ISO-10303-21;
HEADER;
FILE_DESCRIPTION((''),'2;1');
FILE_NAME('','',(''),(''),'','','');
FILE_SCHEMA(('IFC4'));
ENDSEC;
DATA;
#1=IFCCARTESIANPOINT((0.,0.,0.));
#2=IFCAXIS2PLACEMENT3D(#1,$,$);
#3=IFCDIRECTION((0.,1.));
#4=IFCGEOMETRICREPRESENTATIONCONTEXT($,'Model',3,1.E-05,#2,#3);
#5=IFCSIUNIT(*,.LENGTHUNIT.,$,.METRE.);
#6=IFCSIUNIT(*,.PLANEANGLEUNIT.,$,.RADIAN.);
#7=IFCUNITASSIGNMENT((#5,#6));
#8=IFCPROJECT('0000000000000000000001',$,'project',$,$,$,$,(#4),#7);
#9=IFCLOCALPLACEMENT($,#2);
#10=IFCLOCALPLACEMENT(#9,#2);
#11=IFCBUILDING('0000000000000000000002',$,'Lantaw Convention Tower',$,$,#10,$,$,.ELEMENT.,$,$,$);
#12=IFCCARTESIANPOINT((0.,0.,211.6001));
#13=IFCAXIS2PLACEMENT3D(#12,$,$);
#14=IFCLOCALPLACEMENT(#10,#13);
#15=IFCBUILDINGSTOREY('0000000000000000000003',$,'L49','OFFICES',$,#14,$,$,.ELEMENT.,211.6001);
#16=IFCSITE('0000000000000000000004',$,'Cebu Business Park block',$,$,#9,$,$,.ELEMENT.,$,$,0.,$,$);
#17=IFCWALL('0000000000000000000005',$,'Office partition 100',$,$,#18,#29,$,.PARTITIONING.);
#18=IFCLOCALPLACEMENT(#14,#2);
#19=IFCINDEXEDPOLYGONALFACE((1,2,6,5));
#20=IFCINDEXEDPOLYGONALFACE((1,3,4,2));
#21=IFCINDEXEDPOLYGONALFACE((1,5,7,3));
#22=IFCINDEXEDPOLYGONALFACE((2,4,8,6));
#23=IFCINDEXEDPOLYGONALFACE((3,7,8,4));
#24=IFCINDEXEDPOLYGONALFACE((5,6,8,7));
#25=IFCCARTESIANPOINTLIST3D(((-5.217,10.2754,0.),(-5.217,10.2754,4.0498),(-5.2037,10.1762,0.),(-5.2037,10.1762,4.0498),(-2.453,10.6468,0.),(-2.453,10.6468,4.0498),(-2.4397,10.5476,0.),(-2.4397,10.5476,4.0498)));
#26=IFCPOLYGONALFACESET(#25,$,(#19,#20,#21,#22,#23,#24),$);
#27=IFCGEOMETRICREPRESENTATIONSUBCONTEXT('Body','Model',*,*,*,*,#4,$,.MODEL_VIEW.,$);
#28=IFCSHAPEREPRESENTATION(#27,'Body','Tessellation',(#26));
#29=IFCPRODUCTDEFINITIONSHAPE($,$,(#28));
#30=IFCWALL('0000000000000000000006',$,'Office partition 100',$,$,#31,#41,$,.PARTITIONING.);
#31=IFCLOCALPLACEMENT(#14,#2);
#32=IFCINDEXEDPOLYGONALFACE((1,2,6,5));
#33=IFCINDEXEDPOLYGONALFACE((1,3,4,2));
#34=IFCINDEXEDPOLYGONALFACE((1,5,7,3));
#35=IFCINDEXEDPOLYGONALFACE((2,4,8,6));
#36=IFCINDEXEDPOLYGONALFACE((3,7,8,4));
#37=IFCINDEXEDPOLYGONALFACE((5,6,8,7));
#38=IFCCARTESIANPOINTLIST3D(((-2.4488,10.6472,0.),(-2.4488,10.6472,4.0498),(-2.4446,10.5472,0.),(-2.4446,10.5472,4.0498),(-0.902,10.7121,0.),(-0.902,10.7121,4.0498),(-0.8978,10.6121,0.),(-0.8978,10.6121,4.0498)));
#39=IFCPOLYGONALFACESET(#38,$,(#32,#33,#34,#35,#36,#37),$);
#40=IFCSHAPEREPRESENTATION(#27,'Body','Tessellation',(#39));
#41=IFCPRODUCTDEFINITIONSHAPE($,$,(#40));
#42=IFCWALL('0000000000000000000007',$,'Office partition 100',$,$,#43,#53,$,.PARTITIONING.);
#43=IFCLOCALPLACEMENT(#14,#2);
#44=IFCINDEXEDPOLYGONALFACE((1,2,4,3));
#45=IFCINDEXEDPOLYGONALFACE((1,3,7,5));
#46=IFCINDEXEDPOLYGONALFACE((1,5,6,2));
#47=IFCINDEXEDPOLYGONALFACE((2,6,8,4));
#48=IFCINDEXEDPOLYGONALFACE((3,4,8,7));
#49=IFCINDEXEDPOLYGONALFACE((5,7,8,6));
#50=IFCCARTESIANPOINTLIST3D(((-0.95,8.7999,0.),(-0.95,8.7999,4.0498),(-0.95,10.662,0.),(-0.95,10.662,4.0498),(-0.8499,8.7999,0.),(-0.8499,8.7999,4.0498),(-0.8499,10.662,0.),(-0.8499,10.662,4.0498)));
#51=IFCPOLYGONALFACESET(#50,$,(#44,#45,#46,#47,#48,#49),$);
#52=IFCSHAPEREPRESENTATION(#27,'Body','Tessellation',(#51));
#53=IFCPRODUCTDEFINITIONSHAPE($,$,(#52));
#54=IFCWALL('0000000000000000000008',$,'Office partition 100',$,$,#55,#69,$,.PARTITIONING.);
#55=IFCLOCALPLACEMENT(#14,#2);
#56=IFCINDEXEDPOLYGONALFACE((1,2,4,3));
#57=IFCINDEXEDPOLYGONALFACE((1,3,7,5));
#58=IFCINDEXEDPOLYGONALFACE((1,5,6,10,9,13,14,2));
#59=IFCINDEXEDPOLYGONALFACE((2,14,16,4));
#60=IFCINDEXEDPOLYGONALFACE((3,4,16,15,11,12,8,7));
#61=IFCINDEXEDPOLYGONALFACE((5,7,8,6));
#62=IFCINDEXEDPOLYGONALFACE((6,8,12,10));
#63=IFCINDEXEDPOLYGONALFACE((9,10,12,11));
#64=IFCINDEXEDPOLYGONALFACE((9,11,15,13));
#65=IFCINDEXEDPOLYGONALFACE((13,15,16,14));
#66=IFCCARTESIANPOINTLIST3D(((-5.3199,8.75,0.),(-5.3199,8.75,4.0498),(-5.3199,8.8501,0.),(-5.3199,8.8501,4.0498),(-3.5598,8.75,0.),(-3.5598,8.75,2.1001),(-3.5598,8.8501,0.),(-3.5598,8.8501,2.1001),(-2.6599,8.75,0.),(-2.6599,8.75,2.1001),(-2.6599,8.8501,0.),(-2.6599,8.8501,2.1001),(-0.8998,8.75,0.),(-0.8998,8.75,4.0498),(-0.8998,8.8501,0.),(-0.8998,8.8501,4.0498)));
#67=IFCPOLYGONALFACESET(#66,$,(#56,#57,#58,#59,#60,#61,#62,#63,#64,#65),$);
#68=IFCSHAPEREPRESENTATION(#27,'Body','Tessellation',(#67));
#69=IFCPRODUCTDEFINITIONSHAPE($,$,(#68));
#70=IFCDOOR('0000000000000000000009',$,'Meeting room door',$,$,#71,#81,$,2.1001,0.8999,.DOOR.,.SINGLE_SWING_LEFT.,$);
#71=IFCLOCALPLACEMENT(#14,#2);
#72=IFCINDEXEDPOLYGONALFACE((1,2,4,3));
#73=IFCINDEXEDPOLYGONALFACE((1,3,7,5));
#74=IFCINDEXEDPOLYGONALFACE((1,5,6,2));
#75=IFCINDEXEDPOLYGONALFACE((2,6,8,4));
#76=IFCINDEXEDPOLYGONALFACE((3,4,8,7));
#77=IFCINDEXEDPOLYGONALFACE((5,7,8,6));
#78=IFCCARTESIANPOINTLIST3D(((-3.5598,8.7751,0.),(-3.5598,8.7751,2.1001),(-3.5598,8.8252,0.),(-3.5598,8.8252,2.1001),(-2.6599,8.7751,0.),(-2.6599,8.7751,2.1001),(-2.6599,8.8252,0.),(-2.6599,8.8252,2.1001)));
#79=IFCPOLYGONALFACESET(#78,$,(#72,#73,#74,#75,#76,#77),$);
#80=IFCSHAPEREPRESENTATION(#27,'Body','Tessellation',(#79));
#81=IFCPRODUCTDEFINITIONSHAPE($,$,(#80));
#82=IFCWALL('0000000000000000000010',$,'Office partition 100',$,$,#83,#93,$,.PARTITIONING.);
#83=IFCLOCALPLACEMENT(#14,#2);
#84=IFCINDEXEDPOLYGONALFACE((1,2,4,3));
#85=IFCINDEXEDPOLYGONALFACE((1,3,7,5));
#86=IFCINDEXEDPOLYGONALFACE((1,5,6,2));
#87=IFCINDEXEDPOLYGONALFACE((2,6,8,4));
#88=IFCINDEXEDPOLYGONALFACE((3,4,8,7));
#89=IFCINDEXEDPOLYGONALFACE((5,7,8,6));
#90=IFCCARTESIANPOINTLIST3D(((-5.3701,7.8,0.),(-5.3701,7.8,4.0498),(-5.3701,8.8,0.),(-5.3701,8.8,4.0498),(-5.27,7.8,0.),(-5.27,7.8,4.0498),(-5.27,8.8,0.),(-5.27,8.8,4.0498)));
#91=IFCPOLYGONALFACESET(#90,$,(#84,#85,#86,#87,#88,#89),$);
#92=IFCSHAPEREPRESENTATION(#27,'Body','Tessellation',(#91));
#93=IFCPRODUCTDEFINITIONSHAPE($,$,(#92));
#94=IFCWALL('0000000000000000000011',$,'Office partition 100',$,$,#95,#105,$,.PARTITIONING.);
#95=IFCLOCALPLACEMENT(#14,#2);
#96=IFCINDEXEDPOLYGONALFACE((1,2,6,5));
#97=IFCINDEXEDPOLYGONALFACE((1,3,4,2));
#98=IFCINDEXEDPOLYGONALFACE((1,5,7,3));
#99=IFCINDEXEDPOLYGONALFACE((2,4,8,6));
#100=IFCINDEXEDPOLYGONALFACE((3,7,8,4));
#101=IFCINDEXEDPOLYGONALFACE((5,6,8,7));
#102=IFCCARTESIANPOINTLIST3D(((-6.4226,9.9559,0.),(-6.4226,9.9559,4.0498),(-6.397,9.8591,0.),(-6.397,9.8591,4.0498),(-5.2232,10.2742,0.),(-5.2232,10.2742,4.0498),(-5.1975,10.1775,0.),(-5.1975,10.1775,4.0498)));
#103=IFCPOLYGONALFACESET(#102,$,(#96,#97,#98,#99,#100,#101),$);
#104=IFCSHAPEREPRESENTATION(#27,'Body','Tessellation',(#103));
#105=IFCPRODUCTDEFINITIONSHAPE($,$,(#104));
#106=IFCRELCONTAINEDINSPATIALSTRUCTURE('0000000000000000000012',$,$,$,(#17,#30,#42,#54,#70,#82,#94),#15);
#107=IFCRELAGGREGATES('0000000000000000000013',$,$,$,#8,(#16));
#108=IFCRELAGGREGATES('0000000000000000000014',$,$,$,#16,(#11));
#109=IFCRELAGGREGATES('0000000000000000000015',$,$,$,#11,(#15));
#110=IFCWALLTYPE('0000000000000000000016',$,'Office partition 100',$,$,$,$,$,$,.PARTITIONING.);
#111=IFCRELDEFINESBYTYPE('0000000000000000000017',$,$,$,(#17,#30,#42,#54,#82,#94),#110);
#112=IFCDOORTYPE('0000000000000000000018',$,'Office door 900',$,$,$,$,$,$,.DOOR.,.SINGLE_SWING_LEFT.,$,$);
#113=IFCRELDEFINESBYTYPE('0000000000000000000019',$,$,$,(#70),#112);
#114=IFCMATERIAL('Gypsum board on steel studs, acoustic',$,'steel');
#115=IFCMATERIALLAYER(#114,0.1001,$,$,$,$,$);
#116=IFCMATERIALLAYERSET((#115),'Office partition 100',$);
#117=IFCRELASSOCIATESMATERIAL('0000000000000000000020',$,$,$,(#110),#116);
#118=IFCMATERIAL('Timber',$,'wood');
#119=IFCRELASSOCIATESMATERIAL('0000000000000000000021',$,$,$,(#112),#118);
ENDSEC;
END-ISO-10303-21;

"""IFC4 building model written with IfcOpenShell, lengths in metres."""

from ifc_helpers import new_model, si_unit, direction, frame, frame_2d, origin, place, context, subcontext, project, spatial, rectangle, extrude, material, layer, layer_set, type_object, element, fill, save


model = new_model("IFC4")

# Units and contexts
model_context = context("Model", 3, precision=1e-05, world=origin(), true_north=direction((0.0, 1.0)))
body_context = subcontext(model_context, "Body", "Model", "MODEL_VIEW")
ifc_project = project(units=[si_unit("LENGTHUNIT", "METRE"), si_unit("PLANEANGLEUNIT", "RADIAN")], contexts=[model_context])

# Site, building, storey
site_placement = place(None, origin())
site = spatial("IfcSite", under=ifc_project, at=site_placement, Name="Cebu Business Park block", CompositionType="ELEMENT", RefElevation=0.0)
building_placement = place(site_placement, origin())
building = spatial("IfcBuilding", under=site, at=building_placement, Name="Lantaw Convention Tower", CompositionType="ELEMENT")
storey_placement = place(building_placement, frame((0.0, 0.0, 211.6001)))
storey = spatial("IfcBuildingStorey", under=building, at=storey_placement, Name="L49", Description="OFFICES", CompositionType="ELEMENT", Elevation=211.6001)

# Shared definitions
ifc_material_1 = material(Name="Gypsum board on steel studs, acoustic", Category="steel")
ifc_layer_1 = layer(ifc_material_1, 0.1001)
ifc_layer_set_1 = layer_set([ifc_layer_1], Name="Office partition 100")
wall_type_1 = type_object("IfcWallType", Name="Office partition 100", PredefinedType="PARTITIONING", material=ifc_layer_set_1)

# Shared definitions
ifc_material_2 = material(Name="Timber", Category="wood")
door_type_1 = type_object("IfcDoorType", Name="Office door 900", OperationType="SINGLE_SWING_LEFT", PredefinedType="DOOR", material=ifc_material_2)

# Walls
wall_1_placement = place(storey_placement, frame((-5.2104, 10.2258, 0.0), z_axis=(0.0, 0.0, 1.0), x_axis=(0.991095, 0.133156, 0.0)))
element("IfcWall", 1, at=wall_1_placement, inside=storey, type_object=wall_type_1, Name="Office partition 100", PredefinedType="PARTITIONING", context=body_context, shape_type="SweptSolid", body=[
    extrude(rectangle(XDim=2.7888, YDim=0.1001, at=frame_2d((1.3945, 0.0))), origin(), (0.0, 0.0, 1.0), 4.0498),
])
wall_2_placement = place(storey_placement, frame((-2.4465, 10.5972, 0.0), z_axis=(0.0, 0.0, 1.0), x_axis=(0.99912, 0.041952, 0.0)))
element("IfcWall", 2, at=wall_2_placement, inside=storey, type_object=wall_type_1, Name="Office partition 100", PredefinedType="PARTITIONING", context=body_context, shape_type="SweptSolid", body=[
    extrude(rectangle(XDim=1.5481, YDim=0.1001, at=frame_2d((0.7739, 0.0))), origin(), (0.0, 0.0, 1.0), 4.0498),
])
wall_3_placement = place(storey_placement, frame((-0.8999, 10.6621, 0.0), z_axis=(0.0, 0.0, 1.0), x_axis=(0.0, -1.0, 0.0)))
element("IfcWall", 3, at=wall_3_placement, inside=storey, type_object=wall_type_1, Name="Office partition 100", PredefinedType="PARTITIONING", context=body_context, shape_type="SweptSolid", body=[
    extrude(rectangle(XDim=1.8621, YDim=0.1001, at=frame_2d((0.9312, 0.0))), origin(), (0.0, 0.0, 1.0), 4.0498),
])

# Wall, opening, door
wall_4_placement = place(storey_placement, frame((-0.8999, 8.8, 0.0), z_axis=(0.0, 0.0, 1.0), x_axis=(-1.0, 0.0, 0.0)))
wall_4 = element("IfcWall", 4, at=wall_4_placement, inside=storey, type_object=wall_type_1, Name="Office partition 100", PredefinedType="PARTITIONING", context=body_context, shape_type="SweptSolid", body=[
    extrude(rectangle(XDim=4.4202, YDim=0.1001, at=frame_2d((2.21, 0.0))), origin(), (0.0, 0.0, 1.0), 4.0498),
])
opening_1_placement = place(wall_4_placement, frame((1.76, 0.0, 0.0)))
opening_1 = element("IfcOpeningElement", 5, at=opening_1_placement, cuts=wall_4, PredefinedType="OPENING", context=body_context, shape_type="SweptSolid", body=[
    extrude(rectangle(XDim=0.8999, YDim=2.1001, at=frame_2d((0.45, 1.05))), frame((0.0, 0.0601, 0.0), z_axis=(0.0, -1.0, 0.0), x_axis=(1.0, 0.0, 0.0)), (0.0, 0.0, 1.0), 0.1201),
])
door_1_placement = place(opening_1_placement, origin())
door_1 = element("IfcDoor", 6, at=door_1_placement, inside=storey, type_object=door_type_1, Name="Meeting room door", OperationType="SINGLE_SWING_LEFT", OverallHeight=2.1001, OverallWidth=0.8999, PredefinedType="DOOR", context=body_context, shape_type="SweptSolid", body=[
    extrude(rectangle(XDim=0.8999, YDim=2.1001, at=frame_2d((0.45, 1.05))), frame((0.0, 0.0249, 0.0), z_axis=(0.0, -1.0, 0.0), x_axis=(1.0, 0.0, 0.0)), (0.0, 0.0, 1.0), 0.05),
])
fill(opening_1, door_1)

# Walls
wall_5_placement = place(storey_placement, frame((-5.3201, 8.8, 0.0), z_axis=(0.0, 0.0, 1.0), x_axis=(0.0, -1.0, 0.0)))
element("IfcWall", 7, at=wall_5_placement, inside=storey, type_object=wall_type_1, Name="Office partition 100", PredefinedType="PARTITIONING", context=body_context, shape_type="SweptSolid", body=[
    extrude(rectangle(XDim=1.0, YDim=0.1001, at=frame_2d((0.5, 0.0))), origin(), (0.0, 0.0, 1.0), 4.0498),
])
wall_6_placement = place(storey_placement, frame((-6.4099, 9.9075, 0.0), z_axis=(0.0, 0.0, 1.0), x_axis=(0.966535, 0.256536, 0.0)))
element("IfcWall", 8, at=wall_6_placement, inside=storey, type_object=wall_type_1, Name="Office partition 100", PredefinedType="PARTITIONING", context=body_context, shape_type="SweptSolid", body=[
    extrude(rectangle(XDim=1.241, YDim=0.1001, at=frame_2d((0.6206, 0.0))), origin(), (0.0, 0.0, 1.0), 4.0498),
])

save(model, "model.ifc")
